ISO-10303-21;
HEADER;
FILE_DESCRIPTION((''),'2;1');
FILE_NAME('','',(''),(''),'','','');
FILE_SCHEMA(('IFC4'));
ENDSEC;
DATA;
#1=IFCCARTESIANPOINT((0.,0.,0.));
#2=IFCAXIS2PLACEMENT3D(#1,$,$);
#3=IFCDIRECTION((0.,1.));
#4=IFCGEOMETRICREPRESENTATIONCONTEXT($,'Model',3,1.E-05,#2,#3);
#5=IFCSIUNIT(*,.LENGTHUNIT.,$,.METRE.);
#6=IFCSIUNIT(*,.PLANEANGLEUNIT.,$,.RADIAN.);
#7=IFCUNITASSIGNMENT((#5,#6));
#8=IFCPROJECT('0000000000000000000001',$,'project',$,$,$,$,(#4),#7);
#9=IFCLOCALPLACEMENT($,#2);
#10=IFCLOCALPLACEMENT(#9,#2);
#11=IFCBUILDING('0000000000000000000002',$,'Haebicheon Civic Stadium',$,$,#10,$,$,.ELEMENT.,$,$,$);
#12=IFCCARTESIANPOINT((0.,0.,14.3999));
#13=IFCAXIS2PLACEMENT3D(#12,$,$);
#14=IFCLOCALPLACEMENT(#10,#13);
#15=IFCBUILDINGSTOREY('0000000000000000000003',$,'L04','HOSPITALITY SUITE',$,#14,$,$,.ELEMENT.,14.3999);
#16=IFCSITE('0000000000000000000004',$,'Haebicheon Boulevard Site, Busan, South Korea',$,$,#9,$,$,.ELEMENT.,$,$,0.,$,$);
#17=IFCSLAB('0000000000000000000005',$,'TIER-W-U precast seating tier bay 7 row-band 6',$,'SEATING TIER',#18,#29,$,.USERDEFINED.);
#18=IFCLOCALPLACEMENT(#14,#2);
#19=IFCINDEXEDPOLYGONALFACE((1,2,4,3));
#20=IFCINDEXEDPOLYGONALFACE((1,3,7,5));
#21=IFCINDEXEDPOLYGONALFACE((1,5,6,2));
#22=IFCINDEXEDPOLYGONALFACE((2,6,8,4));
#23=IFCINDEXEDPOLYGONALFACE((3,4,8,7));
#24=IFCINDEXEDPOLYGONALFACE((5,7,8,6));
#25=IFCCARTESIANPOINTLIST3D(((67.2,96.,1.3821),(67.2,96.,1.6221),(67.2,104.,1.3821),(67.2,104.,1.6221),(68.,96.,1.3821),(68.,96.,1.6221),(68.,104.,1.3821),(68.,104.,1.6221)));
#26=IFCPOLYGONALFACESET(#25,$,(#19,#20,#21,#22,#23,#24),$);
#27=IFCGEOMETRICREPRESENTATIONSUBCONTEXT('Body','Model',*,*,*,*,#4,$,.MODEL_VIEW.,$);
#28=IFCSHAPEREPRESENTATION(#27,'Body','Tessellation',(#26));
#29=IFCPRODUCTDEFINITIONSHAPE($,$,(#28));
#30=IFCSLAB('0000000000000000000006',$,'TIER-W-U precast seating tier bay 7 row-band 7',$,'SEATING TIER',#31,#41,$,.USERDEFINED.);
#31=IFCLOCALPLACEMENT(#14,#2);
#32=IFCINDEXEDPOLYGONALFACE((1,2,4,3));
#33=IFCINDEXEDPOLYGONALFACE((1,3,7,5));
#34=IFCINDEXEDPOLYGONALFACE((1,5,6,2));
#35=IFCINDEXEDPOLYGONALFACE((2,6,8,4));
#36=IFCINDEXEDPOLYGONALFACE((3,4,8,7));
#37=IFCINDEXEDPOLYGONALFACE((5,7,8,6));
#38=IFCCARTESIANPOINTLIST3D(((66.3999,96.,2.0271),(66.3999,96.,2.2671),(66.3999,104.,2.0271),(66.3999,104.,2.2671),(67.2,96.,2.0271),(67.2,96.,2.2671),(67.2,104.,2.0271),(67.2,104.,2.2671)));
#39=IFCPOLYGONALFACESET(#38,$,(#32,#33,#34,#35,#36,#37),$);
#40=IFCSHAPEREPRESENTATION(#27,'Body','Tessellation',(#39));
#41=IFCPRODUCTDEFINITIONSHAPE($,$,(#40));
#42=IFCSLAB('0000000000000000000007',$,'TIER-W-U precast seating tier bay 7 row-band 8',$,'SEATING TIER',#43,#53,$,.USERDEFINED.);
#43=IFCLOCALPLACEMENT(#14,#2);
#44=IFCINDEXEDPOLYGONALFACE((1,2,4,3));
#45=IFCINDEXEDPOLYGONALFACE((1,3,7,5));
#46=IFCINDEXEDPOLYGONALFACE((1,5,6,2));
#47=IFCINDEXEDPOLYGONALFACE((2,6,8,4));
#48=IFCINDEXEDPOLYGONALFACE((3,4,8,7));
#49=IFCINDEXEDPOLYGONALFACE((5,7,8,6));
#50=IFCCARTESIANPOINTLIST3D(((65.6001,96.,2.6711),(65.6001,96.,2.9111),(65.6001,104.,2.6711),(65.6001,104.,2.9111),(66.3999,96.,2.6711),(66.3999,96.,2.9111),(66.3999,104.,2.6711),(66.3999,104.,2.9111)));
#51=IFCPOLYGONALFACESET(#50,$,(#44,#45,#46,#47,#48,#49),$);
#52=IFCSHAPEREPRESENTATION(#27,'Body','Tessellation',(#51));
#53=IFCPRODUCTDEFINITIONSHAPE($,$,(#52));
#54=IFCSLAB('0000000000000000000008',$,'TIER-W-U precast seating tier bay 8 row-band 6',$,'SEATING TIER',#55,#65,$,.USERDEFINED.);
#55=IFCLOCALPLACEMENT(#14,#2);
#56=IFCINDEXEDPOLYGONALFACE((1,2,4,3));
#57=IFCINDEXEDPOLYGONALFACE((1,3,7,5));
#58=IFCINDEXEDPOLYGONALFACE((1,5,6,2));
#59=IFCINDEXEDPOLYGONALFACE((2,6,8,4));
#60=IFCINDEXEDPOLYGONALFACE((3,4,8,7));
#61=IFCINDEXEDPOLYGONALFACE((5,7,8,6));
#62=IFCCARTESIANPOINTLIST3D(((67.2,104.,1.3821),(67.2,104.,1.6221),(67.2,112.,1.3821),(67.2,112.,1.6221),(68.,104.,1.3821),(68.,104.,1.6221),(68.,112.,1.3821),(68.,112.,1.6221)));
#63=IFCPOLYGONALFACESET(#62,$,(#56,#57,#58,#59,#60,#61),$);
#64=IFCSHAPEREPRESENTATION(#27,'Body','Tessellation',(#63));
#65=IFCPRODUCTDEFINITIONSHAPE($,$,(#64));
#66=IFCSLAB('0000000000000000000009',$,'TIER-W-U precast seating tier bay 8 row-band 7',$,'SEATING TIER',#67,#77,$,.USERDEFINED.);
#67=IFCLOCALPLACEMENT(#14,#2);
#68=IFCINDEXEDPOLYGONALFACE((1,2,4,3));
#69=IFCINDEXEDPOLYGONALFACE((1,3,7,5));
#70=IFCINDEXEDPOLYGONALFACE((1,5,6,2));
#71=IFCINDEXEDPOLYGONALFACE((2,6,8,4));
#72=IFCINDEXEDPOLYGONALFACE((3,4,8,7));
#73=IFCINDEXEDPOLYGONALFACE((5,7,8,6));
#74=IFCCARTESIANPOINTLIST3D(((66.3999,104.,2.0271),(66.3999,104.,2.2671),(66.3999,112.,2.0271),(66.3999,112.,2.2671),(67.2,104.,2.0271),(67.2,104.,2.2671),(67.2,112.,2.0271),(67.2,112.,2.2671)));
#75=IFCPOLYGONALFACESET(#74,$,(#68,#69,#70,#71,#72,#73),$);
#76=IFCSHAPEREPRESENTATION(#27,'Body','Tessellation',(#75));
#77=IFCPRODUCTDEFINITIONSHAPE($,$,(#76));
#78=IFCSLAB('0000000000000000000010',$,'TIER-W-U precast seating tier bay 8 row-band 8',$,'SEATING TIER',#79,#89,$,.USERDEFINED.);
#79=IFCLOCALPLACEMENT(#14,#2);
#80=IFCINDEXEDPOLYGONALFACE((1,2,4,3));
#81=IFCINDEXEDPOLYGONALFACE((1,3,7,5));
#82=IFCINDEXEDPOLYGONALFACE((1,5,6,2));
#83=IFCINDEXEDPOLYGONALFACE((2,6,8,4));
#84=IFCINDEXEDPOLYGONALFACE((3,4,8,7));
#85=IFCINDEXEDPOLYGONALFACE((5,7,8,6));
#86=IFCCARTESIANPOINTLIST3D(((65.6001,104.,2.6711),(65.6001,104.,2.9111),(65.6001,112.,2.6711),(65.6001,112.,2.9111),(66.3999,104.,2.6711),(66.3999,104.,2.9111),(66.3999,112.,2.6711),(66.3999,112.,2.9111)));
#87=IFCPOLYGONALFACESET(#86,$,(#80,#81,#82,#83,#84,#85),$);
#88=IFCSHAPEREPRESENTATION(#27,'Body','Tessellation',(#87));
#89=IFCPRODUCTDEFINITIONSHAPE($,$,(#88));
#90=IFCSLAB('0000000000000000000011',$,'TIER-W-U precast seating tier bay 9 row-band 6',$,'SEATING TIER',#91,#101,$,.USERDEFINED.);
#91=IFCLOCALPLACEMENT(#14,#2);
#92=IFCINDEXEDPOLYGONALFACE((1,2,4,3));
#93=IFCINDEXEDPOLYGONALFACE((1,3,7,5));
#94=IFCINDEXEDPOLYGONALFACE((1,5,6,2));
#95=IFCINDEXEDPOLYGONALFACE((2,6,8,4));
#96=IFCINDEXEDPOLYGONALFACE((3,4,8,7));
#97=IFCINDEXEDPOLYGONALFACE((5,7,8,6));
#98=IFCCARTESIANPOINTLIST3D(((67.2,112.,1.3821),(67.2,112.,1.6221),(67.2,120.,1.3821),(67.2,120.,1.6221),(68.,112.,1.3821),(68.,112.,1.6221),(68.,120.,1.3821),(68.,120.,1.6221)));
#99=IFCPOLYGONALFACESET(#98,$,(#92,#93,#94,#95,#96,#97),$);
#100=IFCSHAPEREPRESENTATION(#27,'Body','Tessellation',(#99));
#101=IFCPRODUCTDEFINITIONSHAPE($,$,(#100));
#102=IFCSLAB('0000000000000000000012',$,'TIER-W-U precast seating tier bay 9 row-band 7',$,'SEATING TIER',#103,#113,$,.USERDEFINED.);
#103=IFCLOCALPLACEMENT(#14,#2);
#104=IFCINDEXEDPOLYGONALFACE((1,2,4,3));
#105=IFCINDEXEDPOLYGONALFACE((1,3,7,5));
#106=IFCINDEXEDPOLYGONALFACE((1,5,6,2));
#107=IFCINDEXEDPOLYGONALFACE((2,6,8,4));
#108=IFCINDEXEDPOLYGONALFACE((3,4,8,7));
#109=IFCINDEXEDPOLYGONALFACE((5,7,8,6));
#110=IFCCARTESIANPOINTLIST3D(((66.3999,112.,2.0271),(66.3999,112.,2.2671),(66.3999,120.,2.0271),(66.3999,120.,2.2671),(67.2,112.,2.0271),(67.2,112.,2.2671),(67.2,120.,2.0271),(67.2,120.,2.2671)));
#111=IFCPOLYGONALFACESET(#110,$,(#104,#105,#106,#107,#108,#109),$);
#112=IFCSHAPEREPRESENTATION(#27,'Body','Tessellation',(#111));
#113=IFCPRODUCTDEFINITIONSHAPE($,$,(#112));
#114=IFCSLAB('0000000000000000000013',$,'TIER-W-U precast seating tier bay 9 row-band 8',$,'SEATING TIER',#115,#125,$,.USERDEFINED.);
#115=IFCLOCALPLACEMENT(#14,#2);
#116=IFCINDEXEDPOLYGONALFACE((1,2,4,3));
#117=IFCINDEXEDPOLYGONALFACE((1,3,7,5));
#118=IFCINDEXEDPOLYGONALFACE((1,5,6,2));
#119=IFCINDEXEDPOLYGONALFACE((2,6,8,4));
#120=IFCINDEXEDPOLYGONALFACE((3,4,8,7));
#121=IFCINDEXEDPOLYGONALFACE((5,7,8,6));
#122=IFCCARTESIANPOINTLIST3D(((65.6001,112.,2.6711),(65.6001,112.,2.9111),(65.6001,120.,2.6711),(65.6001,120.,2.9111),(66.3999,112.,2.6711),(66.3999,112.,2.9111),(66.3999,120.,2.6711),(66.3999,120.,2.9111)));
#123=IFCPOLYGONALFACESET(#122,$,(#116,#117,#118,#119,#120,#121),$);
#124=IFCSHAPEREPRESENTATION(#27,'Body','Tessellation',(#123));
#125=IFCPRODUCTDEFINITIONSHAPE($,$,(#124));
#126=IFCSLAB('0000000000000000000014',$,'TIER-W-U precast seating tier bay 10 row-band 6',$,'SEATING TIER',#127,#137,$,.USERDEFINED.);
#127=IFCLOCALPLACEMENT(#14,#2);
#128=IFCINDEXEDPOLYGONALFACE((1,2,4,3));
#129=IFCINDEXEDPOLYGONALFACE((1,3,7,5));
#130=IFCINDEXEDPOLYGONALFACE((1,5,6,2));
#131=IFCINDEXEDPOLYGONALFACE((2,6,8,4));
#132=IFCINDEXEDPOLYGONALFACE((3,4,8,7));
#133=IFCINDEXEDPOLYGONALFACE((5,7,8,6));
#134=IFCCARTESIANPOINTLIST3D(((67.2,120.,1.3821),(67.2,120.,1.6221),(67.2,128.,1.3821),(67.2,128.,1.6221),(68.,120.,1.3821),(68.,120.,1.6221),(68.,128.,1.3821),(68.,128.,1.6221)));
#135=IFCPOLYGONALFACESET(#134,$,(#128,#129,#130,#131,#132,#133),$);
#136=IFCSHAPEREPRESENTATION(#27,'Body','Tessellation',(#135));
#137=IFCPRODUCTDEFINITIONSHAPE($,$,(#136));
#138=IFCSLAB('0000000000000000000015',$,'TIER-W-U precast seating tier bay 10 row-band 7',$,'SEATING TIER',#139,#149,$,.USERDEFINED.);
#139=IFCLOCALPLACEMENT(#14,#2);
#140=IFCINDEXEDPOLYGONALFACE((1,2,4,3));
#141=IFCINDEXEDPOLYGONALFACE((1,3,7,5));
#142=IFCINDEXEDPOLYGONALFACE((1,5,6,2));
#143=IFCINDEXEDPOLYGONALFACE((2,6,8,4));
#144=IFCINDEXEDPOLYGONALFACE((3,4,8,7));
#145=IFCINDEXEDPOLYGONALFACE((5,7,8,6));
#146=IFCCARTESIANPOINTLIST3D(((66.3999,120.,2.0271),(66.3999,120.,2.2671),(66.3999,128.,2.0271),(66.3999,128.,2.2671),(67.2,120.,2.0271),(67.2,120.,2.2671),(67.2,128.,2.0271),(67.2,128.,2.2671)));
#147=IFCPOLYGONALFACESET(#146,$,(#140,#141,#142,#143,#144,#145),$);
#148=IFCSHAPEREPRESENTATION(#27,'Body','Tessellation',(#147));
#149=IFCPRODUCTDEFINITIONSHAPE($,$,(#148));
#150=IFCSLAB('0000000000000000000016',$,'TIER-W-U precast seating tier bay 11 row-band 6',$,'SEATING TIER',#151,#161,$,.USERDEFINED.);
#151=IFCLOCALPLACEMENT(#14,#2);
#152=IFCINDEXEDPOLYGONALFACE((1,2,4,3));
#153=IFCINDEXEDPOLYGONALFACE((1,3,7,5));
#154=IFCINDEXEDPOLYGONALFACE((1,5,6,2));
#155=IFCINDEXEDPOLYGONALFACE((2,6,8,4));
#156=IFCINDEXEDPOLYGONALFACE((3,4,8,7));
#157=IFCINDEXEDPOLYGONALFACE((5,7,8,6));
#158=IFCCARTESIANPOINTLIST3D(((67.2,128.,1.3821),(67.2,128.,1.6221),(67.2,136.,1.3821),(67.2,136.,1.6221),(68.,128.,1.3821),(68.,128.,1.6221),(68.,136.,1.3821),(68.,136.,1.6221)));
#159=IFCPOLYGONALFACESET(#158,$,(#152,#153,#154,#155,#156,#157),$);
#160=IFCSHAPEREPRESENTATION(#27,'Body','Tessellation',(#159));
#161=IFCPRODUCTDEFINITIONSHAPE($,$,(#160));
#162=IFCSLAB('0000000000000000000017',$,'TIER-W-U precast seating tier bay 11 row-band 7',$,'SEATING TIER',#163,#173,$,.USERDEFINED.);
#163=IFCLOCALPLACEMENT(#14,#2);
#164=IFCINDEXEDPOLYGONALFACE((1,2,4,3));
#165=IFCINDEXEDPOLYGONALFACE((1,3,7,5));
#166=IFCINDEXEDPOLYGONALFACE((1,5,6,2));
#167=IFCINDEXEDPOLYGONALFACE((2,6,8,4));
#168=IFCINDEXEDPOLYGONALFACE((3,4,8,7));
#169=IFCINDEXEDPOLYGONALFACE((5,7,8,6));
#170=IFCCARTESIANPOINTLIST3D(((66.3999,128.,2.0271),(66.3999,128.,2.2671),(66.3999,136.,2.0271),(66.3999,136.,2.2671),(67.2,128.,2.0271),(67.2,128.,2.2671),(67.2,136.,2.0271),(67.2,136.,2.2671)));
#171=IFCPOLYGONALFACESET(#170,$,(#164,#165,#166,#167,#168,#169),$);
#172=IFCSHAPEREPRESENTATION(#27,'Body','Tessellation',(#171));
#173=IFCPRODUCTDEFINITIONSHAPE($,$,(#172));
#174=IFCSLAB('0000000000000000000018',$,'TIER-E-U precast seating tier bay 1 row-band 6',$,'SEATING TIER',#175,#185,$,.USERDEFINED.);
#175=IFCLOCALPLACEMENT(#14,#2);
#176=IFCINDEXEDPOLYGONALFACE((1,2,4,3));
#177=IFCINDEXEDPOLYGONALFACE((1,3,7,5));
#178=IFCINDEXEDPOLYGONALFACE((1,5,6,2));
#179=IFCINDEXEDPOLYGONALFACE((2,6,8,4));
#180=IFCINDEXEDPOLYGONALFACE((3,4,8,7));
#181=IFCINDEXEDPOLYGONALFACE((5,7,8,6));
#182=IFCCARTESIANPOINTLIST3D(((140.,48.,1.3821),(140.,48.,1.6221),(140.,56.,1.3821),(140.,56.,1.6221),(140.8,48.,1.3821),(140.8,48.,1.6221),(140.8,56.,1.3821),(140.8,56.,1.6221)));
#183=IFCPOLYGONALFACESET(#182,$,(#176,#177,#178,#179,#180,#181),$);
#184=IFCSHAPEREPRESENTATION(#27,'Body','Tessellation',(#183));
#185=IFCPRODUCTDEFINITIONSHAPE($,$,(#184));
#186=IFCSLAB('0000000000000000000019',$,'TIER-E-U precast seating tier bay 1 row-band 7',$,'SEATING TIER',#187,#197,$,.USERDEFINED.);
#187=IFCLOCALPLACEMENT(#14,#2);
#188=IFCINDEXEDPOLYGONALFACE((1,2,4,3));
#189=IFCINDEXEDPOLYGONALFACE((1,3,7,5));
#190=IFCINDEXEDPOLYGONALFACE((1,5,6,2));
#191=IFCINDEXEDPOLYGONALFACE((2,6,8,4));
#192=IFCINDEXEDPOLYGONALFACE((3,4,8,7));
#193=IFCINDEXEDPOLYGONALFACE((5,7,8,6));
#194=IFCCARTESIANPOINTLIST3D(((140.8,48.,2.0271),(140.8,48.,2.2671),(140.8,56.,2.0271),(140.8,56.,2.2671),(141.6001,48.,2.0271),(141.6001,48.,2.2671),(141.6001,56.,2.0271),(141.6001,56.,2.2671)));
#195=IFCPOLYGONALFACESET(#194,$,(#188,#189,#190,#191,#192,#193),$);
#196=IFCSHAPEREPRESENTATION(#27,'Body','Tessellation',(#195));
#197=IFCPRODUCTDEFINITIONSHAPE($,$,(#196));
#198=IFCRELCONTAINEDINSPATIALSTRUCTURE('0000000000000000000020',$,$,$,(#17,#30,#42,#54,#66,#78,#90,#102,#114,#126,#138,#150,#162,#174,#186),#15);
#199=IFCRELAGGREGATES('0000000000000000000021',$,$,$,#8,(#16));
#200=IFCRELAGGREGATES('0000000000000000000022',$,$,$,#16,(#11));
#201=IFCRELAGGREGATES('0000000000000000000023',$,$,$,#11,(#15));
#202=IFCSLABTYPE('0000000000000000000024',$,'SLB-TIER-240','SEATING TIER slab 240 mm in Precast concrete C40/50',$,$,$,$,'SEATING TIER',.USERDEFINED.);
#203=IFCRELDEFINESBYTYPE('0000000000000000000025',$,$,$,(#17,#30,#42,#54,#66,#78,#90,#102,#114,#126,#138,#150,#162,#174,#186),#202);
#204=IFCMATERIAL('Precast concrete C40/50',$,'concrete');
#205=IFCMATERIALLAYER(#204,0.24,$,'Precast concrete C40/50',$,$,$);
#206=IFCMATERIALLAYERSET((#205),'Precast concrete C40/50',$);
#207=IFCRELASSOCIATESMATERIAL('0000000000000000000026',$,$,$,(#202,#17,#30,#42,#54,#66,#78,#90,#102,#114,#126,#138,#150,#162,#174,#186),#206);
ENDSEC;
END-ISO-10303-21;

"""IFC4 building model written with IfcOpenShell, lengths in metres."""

from ifc_helpers import new_model, si_unit, direction, frame, origin, place, context, subcontext, project, spatial, polyline, outline, extrude, material, layer, layer_set, type_object, element, save


model = new_model("IFC4")

# Units and contexts
model_context = context("Model", 3, precision=1e-05, world=origin(), true_north=direction((0.0, 1.0)))
body_context = subcontext(model_context, "Body", "Model", "MODEL_VIEW")
ifc_project = project(units=[si_unit("LENGTHUNIT", "METRE"), si_unit("PLANEANGLEUNIT", "RADIAN")], contexts=[model_context])

# Site, building, storey
site_placement = place(None, origin())
site = spatial("IfcSite", under=ifc_project, at=site_placement, Name="Haebicheon Boulevard Site, Busan, South Korea", CompositionType="ELEMENT", RefElevation=0.0)
building_placement = place(site_placement, origin())
building = spatial("IfcBuilding", under=site, at=building_placement, Name="Haebicheon Civic Stadium", CompositionType="ELEMENT")
storey_placement = place(building_placement, frame((0.0, 0.0, 14.3999)))
storey = spatial("IfcBuildingStorey", under=building, at=storey_placement, Name="L04", Description="HOSPITALITY SUITE", CompositionType="ELEMENT", Elevation=14.3999)

# Slabs
ifc_material = material(Name="Precast concrete C40/50", Category="concrete")
ifc_layer = layer(ifc_material, 0.24, Name="Precast concrete C40/50")
ifc_layer_set = layer_set([ifc_layer], Name="Precast concrete C40/50")
slab_type = type_object("IfcSlabType", Name="SLB-TIER-240", Description="SEATING TIER slab 240 mm in Precast concrete C40/50", ElementType="SEATING TIER", PredefinedType="USERDEFINED", material=ifc_layer_set)
slab_1_placement = place(storey_placement, frame((0.0, 0.0, 1.3821)))
element("IfcSlab", 1, at=slab_1_placement, inside=storey, type_object=slab_type, material=ifc_layer_set, Name="TIER-W-U precast seating tier bay 7 row-band 6", ObjectType="SEATING TIER", PredefinedType="USERDEFINED", context=body_context, shape_type="SweptSolid", body=[
    extrude(outline(polyline([(67.2, 96.0), (68.0, 96.0), (68.0, 104.0), (67.2, 104.0), (67.2, 96.0)])), origin(), (0.0, 0.0, 1.0), 0.24),
])
slab_2_placement = place(storey_placement, frame((0.0, 0.0, 2.0271)))
element("IfcSlab", 2, at=slab_2_placement, inside=storey, type_object=slab_type, material=ifc_layer_set, Name="TIER-W-U precast seating tier bay 7 row-band 7", ObjectType="SEATING TIER", PredefinedType="USERDEFINED", context=body_context, shape_type="SweptSolid", body=[
    extrude(outline(polyline([(66.3999, 96.0), (67.2, 96.0), (67.2, 104.0), (66.3999, 104.0), (66.3999, 96.0)])), origin(), (0.0, 0.0, 1.0), 0.24),
])
slab_3_placement = place(storey_placement, frame((0.0, 0.0, 2.6711)))
element("IfcSlab", 3, at=slab_3_placement, inside=storey, type_object=slab_type, material=ifc_layer_set, Name="TIER-W-U precast seating tier bay 7 row-band 8", ObjectType="SEATING TIER", PredefinedType="USERDEFINED", context=body_context, shape_type="SweptSolid", body=[
    extrude(outline(polyline([(65.6001, 96.0), (66.3999, 96.0), (66.3999, 104.0), (65.6001, 104.0), (65.6001, 96.0)])), origin(), (0.0, 0.0, 1.0), 0.24),
])
slab_4_placement = place(storey_placement, frame((0.0, 0.0, 1.3821)))
element("IfcSlab", 4, at=slab_4_placement, inside=storey, type_object=slab_type, material=ifc_layer_set, Name="TIER-W-U precast seating tier bay 8 row-band 6", ObjectType="SEATING TIER", PredefinedType="USERDEFINED", context=body_context, shape_type="SweptSolid", body=[
    extrude(outline(polyline([(67.2, 104.0), (68.0, 104.0), (68.0, 112.0), (67.2, 112.0), (67.2, 104.0)])), origin(), (0.0, 0.0, 1.0), 0.24),
])
slab_5_placement = place(storey_placement, frame((0.0, 0.0, 2.0271)))
element("IfcSlab", 5, at=slab_5_placement, inside=storey, type_object=slab_type, material=ifc_layer_set, Name="TIER-W-U precast seating tier bay 8 row-band 7", ObjectType="SEATING TIER", PredefinedType="USERDEFINED", context=body_context, shape_type="SweptSolid", body=[
    extrude(outline(polyline([(66.3999, 104.0), (67.2, 104.0), (67.2, 112.0), (66.3999, 112.0), (66.3999, 104.0)])), origin(), (0.0, 0.0, 1.0), 0.24),
])
slab_6_placement = place(storey_placement, frame((0.0, 0.0, 2.6711)))
element("IfcSlab", 6, at=slab_6_placement, inside=storey, type_object=slab_type, material=ifc_layer_set, Name="TIER-W-U precast seating tier bay 8 row-band 8", ObjectType="SEATING TIER", PredefinedType="USERDEFINED", context=body_context, shape_type="SweptSolid", body=[
    extrude(outline(polyline([(65.6001, 104.0), (66.3999, 104.0), (66.3999, 112.0), (65.6001, 112.0), (65.6001, 104.0)])), origin(), (0.0, 0.0, 1.0), 0.24),
])
slab_7_placement = place(storey_placement, frame((0.0, 0.0, 1.3821)))
element("IfcSlab", 7, at=slab_7_placement, inside=storey, type_object=slab_type, material=ifc_layer_set, Name="TIER-W-U precast seating tier bay 9 row-band 6", ObjectType="SEATING TIER", PredefinedType="USERDEFINED", context=body_context, shape_type="SweptSolid", body=[
    extrude(outline(polyline([(67.2, 112.0), (68.0, 112.0), (68.0, 120.0), (67.2, 120.0), (67.2, 112.0)])), origin(), (0.0, 0.0, 1.0), 0.24),
])
slab_8_placement = place(storey_placement, frame((0.0, 0.0, 2.0271)))
element("IfcSlab", 8, at=slab_8_placement, inside=storey, type_object=slab_type, material=ifc_layer_set, Name="TIER-W-U precast seating tier bay 9 row-band 7", ObjectType="SEATING TIER", PredefinedType="USERDEFINED", context=body_context, shape_type="SweptSolid", body=[
    extrude(outline(polyline([(66.3999, 112.0), (67.2, 112.0), (67.2, 120.0), (66.3999, 120.0), (66.3999, 112.0)])), origin(), (0.0, 0.0, 1.0), 0.24),
])
slab_9_placement = place(storey_placement, frame((0.0, 0.0, 2.6711)))
element("IfcSlab", 9, at=slab_9_placement, inside=storey, type_object=slab_type, material=ifc_layer_set, Name="TIER-W-U precast seating tier bay 9 row-band 8", ObjectType="SEATING TIER", PredefinedType="USERDEFINED", context=body_context, shape_type="SweptSolid", body=[
    extrude(outline(polyline([(65.6001, 112.0), (66.3999, 112.0), (66.3999, 120.0), (65.6001, 120.0), (65.6001, 112.0)])), origin(), (0.0, 0.0, 1.0), 0.24),
])
slab_10_placement = place(storey_placement, frame((0.0, 0.0, 1.3821)))
element("IfcSlab", 10, at=slab_10_placement, inside=storey, type_object=slab_type, material=ifc_layer_set, Name="TIER-W-U precast seating tier bay 10 row-band 6", ObjectType="SEATING TIER", PredefinedType="USERDEFINED", context=body_context, shape_type="SweptSolid", body=[
    extrude(outline(polyline([(67.2, 120.0), (68.0, 120.0), (68.0, 128.0), (67.2, 128.0), (67.2, 120.0)])), origin(), (0.0, 0.0, 1.0), 0.24),
])
slab_11_placement = place(storey_placement, frame((0.0, 0.0, 2.0271)))
element("IfcSlab", 11, at=slab_11_placement, inside=storey, type_object=slab_type, material=ifc_layer_set, Name="TIER-W-U precast seating tier bay 10 row-band 7", ObjectType="SEATING TIER", PredefinedType="USERDEFINED", context=body_context, shape_type="SweptSolid", body=[
    extrude(outline(polyline([(66.3999, 120.0), (67.2, 120.0), (67.2, 128.0), (66.3999, 128.0), (66.3999, 120.0)])), origin(), (0.0, 0.0, 1.0), 0.24),
])
slab_12_placement = place(storey_placement, frame((0.0, 0.0, 1.3821)))
element("IfcSlab", 12, at=slab_12_placement, inside=storey, type_object=slab_type, material=ifc_layer_set, Name="TIER-W-U precast seating tier bay 11 row-band 6", ObjectType="SEATING TIER", PredefinedType="USERDEFINED", context=body_context, shape_type="SweptSolid", body=[
    extrude(outline(polyline([(67.2, 128.0), (68.0, 128.0), (68.0, 136.0), (67.2, 136.0), (67.2, 128.0)])), origin(), (0.0, 0.0, 1.0), 0.24),
])
slab_13_placement = place(storey_placement, frame((0.0, 0.0, 2.0271)))
element("IfcSlab", 13, at=slab_13_placement, inside=storey, type_object=slab_type, material=ifc_layer_set, Name="TIER-W-U precast seating tier bay 11 row-band 7", ObjectType="SEATING TIER", PredefinedType="USERDEFINED", context=body_context, shape_type="SweptSolid", body=[
    extrude(outline(polyline([(66.3999, 128.0), (67.2, 128.0), (67.2, 136.0), (66.3999, 136.0), (66.3999, 128.0)])), origin(), (0.0, 0.0, 1.0), 0.24),
])
slab_14_placement = place(storey_placement, frame((0.0, 0.0, 1.3821)))
element("IfcSlab", 14, at=slab_14_placement, inside=storey, type_object=slab_type, material=ifc_layer_set, Name="TIER-E-U precast seating tier bay 1 row-band 6", ObjectType="SEATING TIER", PredefinedType="USERDEFINED", context=body_context, shape_type="SweptSolid", body=[
    extrude(outline(polyline([(140.0, 48.0), (140.8, 48.0), (140.8, 56.0), (140.0, 56.0), (140.0, 48.0)])), origin(), (0.0, 0.0, 1.0), 0.24),
])
slab_15_placement = place(storey_placement, frame((0.0, 0.0, 2.0271)))
element("IfcSlab", 15, at=slab_15_placement, inside=storey, type_object=slab_type, material=ifc_layer_set, Name="TIER-E-U precast seating tier bay 1 row-band 7", ObjectType="SEATING TIER", PredefinedType="USERDEFINED", context=body_context, shape_type="SweptSolid", body=[
    extrude(outline(polyline([(140.8, 48.0), (141.6001, 48.0), (141.6001, 56.0), (140.8, 56.0), (140.8, 48.0)])), origin(), (0.0, 0.0, 1.0), 0.24),
])

save(model, "model.ifc")
